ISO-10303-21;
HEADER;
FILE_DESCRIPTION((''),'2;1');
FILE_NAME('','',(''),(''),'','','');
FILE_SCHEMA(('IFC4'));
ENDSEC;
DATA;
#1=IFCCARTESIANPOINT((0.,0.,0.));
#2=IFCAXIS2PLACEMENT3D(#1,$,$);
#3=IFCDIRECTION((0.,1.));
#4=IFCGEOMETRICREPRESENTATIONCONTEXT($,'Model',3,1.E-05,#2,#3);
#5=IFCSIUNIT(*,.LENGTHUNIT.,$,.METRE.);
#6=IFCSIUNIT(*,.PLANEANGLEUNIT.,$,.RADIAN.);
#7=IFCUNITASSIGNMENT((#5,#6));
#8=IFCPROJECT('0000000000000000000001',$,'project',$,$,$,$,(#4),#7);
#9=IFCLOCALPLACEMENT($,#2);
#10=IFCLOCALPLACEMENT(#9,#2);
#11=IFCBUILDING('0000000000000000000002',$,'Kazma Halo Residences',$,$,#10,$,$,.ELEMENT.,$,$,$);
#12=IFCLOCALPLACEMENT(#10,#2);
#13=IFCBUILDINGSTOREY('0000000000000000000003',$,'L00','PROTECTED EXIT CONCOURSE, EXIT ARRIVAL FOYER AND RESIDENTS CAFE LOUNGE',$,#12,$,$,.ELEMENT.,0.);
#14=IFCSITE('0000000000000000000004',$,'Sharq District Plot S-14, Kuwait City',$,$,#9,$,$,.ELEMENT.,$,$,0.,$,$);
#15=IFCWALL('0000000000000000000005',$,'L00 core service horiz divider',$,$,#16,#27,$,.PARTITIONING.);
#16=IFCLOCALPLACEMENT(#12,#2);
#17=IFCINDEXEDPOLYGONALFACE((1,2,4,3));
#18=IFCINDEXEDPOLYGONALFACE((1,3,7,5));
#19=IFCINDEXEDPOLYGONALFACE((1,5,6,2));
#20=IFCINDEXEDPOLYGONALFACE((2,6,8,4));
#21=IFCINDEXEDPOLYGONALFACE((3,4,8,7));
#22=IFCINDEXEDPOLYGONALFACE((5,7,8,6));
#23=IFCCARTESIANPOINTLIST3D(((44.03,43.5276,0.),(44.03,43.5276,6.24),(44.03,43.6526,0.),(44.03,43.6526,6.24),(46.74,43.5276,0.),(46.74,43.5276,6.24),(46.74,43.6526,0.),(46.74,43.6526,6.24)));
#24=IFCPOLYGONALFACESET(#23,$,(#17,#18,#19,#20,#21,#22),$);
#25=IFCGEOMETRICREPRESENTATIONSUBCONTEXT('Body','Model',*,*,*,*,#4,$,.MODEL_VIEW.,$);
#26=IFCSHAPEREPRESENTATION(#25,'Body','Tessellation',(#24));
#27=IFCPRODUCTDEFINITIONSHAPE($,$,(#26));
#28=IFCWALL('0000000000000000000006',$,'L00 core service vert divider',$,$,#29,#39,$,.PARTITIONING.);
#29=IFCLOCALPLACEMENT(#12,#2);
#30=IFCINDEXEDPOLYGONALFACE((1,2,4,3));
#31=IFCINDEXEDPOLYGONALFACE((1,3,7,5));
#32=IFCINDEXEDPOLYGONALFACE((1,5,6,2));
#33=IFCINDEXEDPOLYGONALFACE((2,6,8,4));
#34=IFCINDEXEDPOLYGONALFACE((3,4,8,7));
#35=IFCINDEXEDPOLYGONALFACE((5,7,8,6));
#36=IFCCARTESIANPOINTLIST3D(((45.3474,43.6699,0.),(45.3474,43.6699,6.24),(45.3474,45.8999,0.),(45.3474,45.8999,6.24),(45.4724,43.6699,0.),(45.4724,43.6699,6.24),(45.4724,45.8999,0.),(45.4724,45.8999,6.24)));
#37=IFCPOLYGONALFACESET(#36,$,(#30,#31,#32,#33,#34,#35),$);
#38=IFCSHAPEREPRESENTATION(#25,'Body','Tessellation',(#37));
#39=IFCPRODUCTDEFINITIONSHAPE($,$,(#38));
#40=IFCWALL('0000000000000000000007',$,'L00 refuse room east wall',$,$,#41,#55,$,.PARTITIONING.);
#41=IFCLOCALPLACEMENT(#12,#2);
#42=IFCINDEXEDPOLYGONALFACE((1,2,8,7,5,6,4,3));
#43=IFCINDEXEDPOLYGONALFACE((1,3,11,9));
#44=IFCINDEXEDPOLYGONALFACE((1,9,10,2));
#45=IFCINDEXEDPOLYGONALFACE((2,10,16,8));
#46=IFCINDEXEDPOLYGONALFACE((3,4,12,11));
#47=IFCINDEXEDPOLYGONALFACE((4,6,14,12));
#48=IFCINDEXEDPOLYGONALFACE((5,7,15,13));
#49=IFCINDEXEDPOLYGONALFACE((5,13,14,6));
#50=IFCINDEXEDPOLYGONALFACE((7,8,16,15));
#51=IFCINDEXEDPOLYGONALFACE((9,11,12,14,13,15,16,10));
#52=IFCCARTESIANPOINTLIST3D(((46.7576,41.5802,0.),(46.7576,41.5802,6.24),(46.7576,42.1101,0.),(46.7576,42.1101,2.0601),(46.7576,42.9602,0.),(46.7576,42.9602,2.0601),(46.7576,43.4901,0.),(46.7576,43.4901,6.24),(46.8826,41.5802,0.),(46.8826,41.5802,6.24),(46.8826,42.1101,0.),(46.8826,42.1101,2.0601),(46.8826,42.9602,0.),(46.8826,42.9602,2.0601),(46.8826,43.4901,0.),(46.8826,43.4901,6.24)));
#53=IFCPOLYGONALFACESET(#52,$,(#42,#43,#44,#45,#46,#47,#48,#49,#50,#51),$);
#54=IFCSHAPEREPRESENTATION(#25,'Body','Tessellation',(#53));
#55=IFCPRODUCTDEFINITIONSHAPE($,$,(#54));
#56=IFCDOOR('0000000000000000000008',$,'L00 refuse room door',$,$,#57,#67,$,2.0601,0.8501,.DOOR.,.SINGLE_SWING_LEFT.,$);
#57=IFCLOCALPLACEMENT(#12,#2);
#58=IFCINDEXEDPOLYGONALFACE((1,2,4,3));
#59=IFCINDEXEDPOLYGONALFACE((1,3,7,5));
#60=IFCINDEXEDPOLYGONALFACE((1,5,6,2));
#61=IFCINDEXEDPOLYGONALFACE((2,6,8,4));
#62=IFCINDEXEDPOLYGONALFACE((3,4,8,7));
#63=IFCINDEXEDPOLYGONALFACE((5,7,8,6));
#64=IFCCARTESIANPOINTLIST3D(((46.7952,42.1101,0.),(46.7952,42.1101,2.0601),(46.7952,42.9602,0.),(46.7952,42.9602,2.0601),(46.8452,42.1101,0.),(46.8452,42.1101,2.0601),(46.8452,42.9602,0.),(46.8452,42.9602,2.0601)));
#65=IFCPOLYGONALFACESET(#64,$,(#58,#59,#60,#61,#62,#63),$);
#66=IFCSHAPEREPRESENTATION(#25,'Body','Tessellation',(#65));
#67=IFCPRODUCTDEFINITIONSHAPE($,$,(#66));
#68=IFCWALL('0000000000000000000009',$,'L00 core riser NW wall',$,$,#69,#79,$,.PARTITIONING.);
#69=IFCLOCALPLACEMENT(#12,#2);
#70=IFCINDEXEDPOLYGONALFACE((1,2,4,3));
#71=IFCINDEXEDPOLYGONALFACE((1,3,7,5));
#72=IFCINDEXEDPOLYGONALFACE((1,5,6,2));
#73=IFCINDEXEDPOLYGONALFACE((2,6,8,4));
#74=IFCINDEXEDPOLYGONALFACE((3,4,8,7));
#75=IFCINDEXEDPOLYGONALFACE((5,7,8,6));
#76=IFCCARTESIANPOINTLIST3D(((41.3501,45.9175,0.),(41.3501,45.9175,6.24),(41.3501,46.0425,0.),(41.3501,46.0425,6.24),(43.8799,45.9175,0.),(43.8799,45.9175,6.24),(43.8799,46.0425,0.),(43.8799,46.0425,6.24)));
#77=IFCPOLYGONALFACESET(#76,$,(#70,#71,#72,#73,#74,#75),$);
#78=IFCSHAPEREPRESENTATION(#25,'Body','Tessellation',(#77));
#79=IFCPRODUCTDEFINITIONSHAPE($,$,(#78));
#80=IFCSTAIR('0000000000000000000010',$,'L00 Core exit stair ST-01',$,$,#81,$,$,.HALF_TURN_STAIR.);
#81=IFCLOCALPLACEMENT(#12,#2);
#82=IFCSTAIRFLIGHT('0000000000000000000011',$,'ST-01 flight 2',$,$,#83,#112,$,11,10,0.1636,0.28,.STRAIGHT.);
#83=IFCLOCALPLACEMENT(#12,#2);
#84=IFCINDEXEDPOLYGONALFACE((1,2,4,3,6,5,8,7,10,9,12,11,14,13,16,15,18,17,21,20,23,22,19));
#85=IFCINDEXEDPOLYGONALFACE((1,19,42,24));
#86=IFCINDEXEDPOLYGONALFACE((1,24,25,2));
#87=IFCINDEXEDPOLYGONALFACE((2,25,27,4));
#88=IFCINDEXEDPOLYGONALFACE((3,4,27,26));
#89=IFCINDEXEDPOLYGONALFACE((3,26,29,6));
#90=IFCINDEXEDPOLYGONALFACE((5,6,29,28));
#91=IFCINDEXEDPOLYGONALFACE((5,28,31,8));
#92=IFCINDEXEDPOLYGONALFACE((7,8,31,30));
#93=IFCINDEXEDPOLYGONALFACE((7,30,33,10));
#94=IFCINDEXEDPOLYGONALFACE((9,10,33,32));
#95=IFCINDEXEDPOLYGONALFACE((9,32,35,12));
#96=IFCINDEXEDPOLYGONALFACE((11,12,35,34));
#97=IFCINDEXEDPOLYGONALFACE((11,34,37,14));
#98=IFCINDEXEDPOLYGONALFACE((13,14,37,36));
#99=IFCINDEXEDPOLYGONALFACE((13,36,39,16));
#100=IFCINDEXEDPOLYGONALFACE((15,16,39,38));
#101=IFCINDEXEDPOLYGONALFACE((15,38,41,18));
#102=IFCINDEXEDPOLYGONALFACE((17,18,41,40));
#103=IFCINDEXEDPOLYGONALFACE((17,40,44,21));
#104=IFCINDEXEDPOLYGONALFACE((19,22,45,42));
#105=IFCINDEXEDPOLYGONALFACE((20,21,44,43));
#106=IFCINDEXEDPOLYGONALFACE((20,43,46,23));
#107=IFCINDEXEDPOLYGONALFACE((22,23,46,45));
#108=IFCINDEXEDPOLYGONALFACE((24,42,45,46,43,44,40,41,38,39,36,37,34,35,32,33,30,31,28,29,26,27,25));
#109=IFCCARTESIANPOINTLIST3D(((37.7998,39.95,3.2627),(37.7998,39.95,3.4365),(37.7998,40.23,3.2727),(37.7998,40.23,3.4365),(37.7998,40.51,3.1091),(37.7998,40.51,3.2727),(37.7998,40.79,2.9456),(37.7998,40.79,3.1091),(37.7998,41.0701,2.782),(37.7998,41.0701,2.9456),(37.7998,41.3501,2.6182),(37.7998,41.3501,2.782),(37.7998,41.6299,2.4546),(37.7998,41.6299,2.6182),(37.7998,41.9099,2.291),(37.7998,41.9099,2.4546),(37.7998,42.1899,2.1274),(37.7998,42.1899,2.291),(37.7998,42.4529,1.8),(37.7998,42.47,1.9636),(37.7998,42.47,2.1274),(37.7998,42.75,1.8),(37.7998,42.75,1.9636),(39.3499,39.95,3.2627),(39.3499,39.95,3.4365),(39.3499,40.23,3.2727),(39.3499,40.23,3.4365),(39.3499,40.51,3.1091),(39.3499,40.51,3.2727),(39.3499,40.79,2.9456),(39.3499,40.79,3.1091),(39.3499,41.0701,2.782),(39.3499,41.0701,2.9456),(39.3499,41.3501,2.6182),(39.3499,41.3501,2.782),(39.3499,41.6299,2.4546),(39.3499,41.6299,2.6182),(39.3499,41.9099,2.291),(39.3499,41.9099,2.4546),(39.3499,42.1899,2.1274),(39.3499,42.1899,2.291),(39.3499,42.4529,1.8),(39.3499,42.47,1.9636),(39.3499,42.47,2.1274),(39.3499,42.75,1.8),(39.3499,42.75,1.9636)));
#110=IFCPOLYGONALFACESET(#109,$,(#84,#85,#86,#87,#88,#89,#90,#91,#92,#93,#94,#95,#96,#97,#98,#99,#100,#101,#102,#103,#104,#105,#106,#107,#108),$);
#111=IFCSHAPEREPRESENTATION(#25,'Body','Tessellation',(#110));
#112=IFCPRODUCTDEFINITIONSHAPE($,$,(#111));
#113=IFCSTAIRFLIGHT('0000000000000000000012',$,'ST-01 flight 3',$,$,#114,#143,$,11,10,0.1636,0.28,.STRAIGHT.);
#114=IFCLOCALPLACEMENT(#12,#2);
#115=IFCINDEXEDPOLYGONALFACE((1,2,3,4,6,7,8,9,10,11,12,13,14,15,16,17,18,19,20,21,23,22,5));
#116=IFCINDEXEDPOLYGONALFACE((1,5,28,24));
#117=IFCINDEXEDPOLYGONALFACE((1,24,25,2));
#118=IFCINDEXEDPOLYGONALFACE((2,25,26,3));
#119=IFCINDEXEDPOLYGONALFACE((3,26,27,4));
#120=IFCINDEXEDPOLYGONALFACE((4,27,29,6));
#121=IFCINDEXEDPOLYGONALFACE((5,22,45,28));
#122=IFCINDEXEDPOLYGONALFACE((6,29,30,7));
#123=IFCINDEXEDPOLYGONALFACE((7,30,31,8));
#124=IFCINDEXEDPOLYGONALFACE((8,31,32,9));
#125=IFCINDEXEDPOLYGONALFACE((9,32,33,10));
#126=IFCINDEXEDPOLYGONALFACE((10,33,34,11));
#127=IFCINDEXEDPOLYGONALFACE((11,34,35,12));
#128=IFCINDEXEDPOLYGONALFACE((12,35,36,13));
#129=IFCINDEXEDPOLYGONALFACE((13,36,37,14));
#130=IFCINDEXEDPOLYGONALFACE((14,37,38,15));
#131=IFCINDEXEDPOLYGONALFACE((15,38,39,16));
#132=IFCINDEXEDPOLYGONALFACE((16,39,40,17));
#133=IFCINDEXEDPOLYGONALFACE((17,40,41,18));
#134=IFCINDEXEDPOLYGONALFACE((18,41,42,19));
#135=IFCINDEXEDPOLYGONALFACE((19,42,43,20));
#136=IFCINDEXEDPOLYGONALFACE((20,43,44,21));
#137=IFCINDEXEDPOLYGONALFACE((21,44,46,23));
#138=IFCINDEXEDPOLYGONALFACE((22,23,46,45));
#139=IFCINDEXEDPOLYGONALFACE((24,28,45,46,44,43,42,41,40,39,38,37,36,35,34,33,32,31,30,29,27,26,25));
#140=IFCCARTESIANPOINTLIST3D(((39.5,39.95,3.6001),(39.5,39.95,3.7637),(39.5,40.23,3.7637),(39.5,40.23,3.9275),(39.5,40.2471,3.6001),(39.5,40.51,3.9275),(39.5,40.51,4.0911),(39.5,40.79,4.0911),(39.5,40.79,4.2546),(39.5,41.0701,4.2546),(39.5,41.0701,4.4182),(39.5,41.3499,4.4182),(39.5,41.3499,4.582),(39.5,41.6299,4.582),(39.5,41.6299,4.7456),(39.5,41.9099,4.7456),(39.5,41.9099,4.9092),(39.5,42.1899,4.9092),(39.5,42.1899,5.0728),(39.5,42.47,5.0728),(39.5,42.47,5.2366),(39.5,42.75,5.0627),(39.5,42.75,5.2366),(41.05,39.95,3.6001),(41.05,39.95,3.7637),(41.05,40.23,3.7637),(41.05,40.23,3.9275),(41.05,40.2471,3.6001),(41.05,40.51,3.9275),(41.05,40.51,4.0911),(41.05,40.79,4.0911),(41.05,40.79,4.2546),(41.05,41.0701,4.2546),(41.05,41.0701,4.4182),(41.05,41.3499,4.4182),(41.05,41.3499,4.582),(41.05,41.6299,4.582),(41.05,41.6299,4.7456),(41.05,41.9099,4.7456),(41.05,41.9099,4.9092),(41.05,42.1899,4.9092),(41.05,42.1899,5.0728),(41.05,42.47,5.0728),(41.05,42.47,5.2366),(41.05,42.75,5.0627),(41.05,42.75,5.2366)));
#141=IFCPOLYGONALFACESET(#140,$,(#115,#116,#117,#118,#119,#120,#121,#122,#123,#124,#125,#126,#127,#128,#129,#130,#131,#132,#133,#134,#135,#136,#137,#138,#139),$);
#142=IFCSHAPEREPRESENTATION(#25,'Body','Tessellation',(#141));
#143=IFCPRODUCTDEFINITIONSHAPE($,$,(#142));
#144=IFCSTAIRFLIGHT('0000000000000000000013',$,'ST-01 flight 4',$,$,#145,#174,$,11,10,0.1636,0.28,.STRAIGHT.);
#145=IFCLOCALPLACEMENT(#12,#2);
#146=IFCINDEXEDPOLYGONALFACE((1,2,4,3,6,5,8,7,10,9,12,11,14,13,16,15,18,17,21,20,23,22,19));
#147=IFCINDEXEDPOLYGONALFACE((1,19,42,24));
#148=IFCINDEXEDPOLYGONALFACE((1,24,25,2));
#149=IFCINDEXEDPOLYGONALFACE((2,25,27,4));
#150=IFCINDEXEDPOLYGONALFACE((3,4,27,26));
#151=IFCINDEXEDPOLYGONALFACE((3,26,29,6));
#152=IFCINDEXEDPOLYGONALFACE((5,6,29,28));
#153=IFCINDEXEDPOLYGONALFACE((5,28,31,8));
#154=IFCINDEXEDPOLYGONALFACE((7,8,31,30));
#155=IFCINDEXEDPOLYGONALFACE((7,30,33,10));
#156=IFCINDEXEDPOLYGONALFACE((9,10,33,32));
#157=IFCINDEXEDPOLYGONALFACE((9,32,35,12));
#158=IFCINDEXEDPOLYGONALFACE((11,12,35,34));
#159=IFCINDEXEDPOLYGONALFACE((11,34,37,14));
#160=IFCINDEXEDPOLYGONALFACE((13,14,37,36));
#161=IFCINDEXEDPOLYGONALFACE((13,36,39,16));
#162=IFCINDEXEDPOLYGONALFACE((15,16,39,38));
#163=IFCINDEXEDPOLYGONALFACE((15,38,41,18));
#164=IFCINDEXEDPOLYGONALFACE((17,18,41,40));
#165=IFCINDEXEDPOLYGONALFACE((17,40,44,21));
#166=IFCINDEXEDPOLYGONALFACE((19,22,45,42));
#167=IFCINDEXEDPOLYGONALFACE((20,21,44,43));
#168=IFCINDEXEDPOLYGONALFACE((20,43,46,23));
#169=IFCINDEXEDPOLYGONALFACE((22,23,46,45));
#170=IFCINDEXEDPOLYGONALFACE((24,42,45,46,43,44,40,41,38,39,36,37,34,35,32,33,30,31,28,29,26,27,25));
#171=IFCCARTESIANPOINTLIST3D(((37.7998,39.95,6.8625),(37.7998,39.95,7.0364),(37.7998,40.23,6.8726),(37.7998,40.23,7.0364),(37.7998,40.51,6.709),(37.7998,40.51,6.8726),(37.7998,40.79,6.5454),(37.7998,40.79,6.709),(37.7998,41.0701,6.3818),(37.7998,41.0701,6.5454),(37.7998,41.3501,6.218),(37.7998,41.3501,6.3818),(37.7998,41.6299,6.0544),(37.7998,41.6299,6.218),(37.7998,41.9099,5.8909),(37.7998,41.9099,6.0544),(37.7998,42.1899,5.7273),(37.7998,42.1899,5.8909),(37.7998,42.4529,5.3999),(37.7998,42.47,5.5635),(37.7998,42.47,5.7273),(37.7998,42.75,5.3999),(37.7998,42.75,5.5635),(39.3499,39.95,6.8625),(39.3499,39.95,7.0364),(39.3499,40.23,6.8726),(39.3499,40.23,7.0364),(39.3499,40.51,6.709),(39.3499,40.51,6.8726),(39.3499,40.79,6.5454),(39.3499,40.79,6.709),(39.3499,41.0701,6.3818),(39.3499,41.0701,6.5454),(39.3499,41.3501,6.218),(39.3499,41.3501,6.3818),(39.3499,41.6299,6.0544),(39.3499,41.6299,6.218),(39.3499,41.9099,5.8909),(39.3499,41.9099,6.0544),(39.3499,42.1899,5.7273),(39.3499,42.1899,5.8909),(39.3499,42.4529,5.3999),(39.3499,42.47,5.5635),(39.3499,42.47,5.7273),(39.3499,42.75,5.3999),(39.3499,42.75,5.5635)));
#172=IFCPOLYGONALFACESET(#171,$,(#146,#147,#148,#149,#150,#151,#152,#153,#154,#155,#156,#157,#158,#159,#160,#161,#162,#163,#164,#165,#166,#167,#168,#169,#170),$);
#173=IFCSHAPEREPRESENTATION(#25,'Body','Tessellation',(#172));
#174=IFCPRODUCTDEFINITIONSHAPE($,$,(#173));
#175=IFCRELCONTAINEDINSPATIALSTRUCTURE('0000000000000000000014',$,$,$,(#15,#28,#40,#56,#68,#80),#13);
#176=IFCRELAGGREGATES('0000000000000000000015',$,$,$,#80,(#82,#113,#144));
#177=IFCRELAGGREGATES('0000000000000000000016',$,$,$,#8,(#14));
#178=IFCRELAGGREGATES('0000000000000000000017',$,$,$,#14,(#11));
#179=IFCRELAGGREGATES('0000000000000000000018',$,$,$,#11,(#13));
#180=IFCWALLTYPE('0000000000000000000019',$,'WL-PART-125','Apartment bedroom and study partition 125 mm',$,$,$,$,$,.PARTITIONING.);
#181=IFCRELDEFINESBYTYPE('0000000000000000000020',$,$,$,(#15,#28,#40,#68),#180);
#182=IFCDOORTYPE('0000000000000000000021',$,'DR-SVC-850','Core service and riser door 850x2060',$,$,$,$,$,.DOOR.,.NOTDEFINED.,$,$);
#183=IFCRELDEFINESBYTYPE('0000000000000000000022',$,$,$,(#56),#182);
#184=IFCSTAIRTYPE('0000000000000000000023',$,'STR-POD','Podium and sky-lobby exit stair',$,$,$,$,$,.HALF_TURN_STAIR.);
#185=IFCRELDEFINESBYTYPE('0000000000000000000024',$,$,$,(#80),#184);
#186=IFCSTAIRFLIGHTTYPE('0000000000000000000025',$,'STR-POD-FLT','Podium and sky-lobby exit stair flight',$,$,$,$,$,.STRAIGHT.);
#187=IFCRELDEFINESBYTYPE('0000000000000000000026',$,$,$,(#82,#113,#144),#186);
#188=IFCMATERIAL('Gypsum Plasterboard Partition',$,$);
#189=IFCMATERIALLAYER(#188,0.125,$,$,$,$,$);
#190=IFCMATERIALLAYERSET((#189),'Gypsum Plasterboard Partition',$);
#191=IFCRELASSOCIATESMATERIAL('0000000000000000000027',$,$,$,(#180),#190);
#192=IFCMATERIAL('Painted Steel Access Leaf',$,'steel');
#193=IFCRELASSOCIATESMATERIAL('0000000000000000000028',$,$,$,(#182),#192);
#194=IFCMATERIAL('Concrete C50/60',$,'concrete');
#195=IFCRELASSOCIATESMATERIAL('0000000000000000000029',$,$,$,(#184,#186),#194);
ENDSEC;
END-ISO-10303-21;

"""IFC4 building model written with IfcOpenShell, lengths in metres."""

from ifc_helpers import new_model, si_unit, direction, frame, frame_2d, origin, place, context, subcontext, project, spatial, polyline, rectangle, outline, extrude, material, layer, layer_set, type_object, element, fill, aggregate, save


model = new_model("IFC4")

# Units and contexts
model_context = context("Model", 3, precision=1e-05, world=origin(), true_north=direction((0.0, 1.0)))
body_context = subcontext(model_context, "Body", "Model", "MODEL_VIEW")
ifc_project = project(units=[si_unit("LENGTHUNIT", "METRE"), si_unit("PLANEANGLEUNIT", "RADIAN")], contexts=[model_context])

# Site, building, storey
site_placement = place(None, origin())
site = spatial("IfcSite", under=ifc_project, at=site_placement, Name="Sharq District Plot S-14, Kuwait City", CompositionType="ELEMENT", RefElevation=0.0)
building_placement = place(site_placement, origin())
building = spatial("IfcBuilding", under=site, at=building_placement, Name="Kazma Halo Residences", CompositionType="ELEMENT")
storey_placement = place(building_placement, origin())
storey = spatial("IfcBuildingStorey", under=building, at=storey_placement, Name="L00", Description="PROTECTED EXIT CONCOURSE, EXIT ARRIVAL FOYER AND RESIDENTS CAFE LOUNGE", CompositionType="ELEMENT", Elevation=0.0)

# Walls
ifc_material_1 = material(Name="Gypsum Plasterboard Partition")
ifc_layer_1 = layer(ifc_material_1, 0.125)
ifc_layer_set_1 = layer_set([ifc_layer_1], Name="Gypsum Plasterboard Partition")
wall_type_1 = type_object("IfcWallType", Name="WL-PART-125", Description="Apartment bedroom and study partition 125 mm", PredefinedType="PARTITIONING", material=ifc_layer_set_1)
wall_1_placement = place(storey_placement, frame((44.03, 43.5901, 0.0), z_axis=(0.0, 0.0, 1.0), x_axis=(1.0, 0.0, 0.0)))
element("IfcWall", 1, at=wall_1_placement, inside=storey, type_object=wall_type_1, Name="L00 core service horiz divider", PredefinedType="PARTITIONING", context=body_context, shape_type="SweptSolid", body=[
    extrude(rectangle(XDim=2.71, YDim=0.125, at=frame_2d((1.355, 0.0))), origin(), (0.0, 0.0, 1.0), 6.24),
])
wall_2_placement = place(storey_placement, frame((45.4099, 43.6699, 0.0), z_axis=(0.0, 0.0, 1.0), x_axis=(0.0, 1.0, 0.0)))
element("IfcWall", 2, at=wall_2_placement, inside=storey, type_object=wall_type_1, Name="L00 core service vert divider", PredefinedType="PARTITIONING", context=body_context, shape_type="SweptSolid", body=[
    extrude(rectangle(XDim=2.23, YDim=0.125, at=frame_2d((1.115, 0.0))), origin(), (0.0, 0.0, 1.0), 6.24),
])

# Wall, opening, door
wall_3_placement = place(storey_placement, frame((46.8201, 41.5801, 0.0), z_axis=(0.0, 0.0, 1.0), x_axis=(0.0, 1.0, 0.0)))
wall_3 = element("IfcWall", 3, at=wall_3_placement, inside=storey, type_object=wall_type_1, Name="L00 refuse room east wall", PredefinedType="PARTITIONING", context=body_context, shape_type="SweptSolid", body=[
    extrude(rectangle(XDim=1.9099, YDim=0.125, at=frame_2d((0.9551, 0.0))), origin(), (0.0, 0.0, 1.0), 6.24),
])
opening_1_placement = place(wall_3_placement, frame((0.53, 0.0, 0.0)))
opening_1 = element("IfcOpeningElement", 4, at=opening_1_placement, cuts=wall_3, PredefinedType="OPENING", context=body_context, shape_type="SweptSolid", body=[
    extrude(rectangle(XDim=0.8501, YDim=2.0601, at=frame_2d((0.425, 1.03))), frame((0.0, 0.0725, 0.0), z_axis=(0.0, -1.0, 0.0), x_axis=(1.0, 0.0, 0.0)), (0.0, 0.0, 1.0), 0.145),
])
ifc_material_2 = material(Name="Painted Steel Access Leaf", Category="steel")
door_type_1 = type_object("IfcDoorType", Name="DR-SVC-850", Description="Core service and riser door 850x2060", OperationType="NOTDEFINED", PredefinedType="DOOR", material=ifc_material_2)
door_1_placement = place(opening_1_placement, origin())
door_1 = element("IfcDoor", 5, at=door_1_placement, inside=storey, type_object=door_type_1, Name="L00 refuse room door", OperationType="SINGLE_SWING_LEFT", OverallHeight=2.0601, OverallWidth=0.8501, PredefinedType="DOOR", context=body_context, shape_type="SweptSolid", body=[
    extrude(rectangle(XDim=0.8501, YDim=2.0601, at=frame_2d((0.425, 1.03))), frame((0.0, 0.0249, 0.0), z_axis=(0.0, -1.0, 0.0), x_axis=(1.0, 0.0, 0.0)), (0.0, 0.0, 1.0), 0.05),
])
fill(opening_1, door_1)

# Wall
wall_4_placement = place(storey_placement, frame((41.3501, 45.98, 0.0), z_axis=(0.0, 0.0, 1.0), x_axis=(1.0, 0.0, 0.0)))
element("IfcWall", 6, at=wall_4_placement, inside=storey, type_object=wall_type_1, Name="L00 core riser NW wall", PredefinedType="PARTITIONING", context=body_context, shape_type="SweptSolid", body=[
    extrude(rectangle(XDim=2.5298, YDim=0.125, at=frame_2d((1.2649, 0.0))), origin(), (0.0, 0.0, 1.0), 6.24),
])

# Stair, stair flights
ifc_material_3 = material(Name="Concrete C50/60", Category="concrete")
stair_type = type_object("IfcStairType", Name="STR-POD", Description="Podium and sky-lobby exit stair", PredefinedType="HALF_TURN_STAIR", material=ifc_material_3)
stair_placement = place(storey_placement, origin())
stair = element("IfcStair", 7, at=stair_placement, inside=storey, type_object=stair_type, Name="L00 Core exit stair ST-01", PredefinedType="HALF_TURN_STAIR")
stair_flight_type = type_object("IfcStairFlightType", Name="STR-POD-FLT", Description="Podium and sky-lobby exit stair flight", PredefinedType="STRAIGHT", material=ifc_material_3)
stair_flight_1_placement = place(storey_placement, frame((38.575, 42.75, 1.8), z_axis=(0.0, 0.0, 1.0), x_axis=(0.0, -1.0, 0.0)))
stair_flight_1 = element("IfcStairFlight", 8, at=stair_flight_1_placement, type_object=stair_flight_type, Name="ST-01 flight 2", NumberOfRisers=11, NumberOfTreads=10, PredefinedType="STRAIGHT", RiserHeight=0.1636, TreadLength=0.28, context=body_context, shape_type="SweptSolid", body=[
    extrude(outline(polyline([(0.0, 0.0), (0.0, 0.1636), (0.28, 0.1636), (0.28, 0.3274), (0.5601, 0.3274), (0.5601, 0.491), (0.8401, 0.491), (0.8401, 0.6545), (1.1201, 0.6545), (1.1201, 0.8181), (1.3999, 0.8181), (1.3999, 0.9819), (1.6799, 0.9819), (1.6799, 1.1455), (1.96, 1.1455), (1.96, 1.3091), (2.24, 1.3091), (2.24, 1.4727), (2.52, 1.4727), (2.52, 1.6365), (2.8, 1.6365), (2.8, 1.8), (2.8, 1.4626), (0.2971, 0.0), (0.0, 0.0)])), frame((0.0, 0.7749, 0.0), z_axis=(0.0, -1.0, 0.0), x_axis=(1.0, 0.0, 0.0)), (0.0, 0.0, 1.0), 1.55),
])
stair_flight_2_placement = place(storey_placement, frame((40.2749, 39.95, 3.6001), z_axis=(0.0, 0.0, 1.0), x_axis=(0.0, 1.0, 0.0)))
stair_flight_2 = element("IfcStairFlight", 9, at=stair_flight_2_placement, type_object=stair_flight_type, Name="ST-01 flight 3", NumberOfRisers=11, NumberOfTreads=10, PredefinedType="STRAIGHT", RiserHeight=0.1636, TreadLength=0.28, context=body_context, shape_type="SweptSolid", body=[
    extrude(outline(polyline([(0.0, 0.0), (0.0, 0.1636), (0.28, 0.1636), (0.28, 0.3274), (0.5601, 0.3274), (0.5601, 0.491), (0.8401, 0.491), (0.8401, 0.6545), (1.1201, 0.6545), (1.1201, 0.8181), (1.3999, 0.8181), (1.3999, 0.9819), (1.6799, 0.9819), (1.6799, 1.1455), (1.96, 1.1455), (1.96, 1.3091), (2.24, 1.3091), (2.24, 1.4727), (2.52, 1.4727), (2.52, 1.6365), (2.8, 1.6365), (2.8, 1.8), (2.8, 1.4626), (0.2971, 0.0), (0.0, 0.0)])), frame((0.0, 0.7749, 0.0), z_axis=(0.0, -1.0, 0.0), x_axis=(1.0, 0.0, 0.0)), (0.0, 0.0, 1.0), 1.55),
])
stair_flight_3_placement = place(storey_placement, frame((38.575, 42.75, 5.3999), z_axis=(0.0, 0.0, 1.0), x_axis=(0.0, -1.0, 0.0)))
stair_flight_3 = element("IfcStairFlight", 10, at=stair_flight_3_placement, type_object=stair_flight_type, Name="ST-01 flight 4", NumberOfRisers=11, NumberOfTreads=10, PredefinedType="STRAIGHT", RiserHeight=0.1636, TreadLength=0.28, context=body_context, shape_type="SweptSolid", body=[
    extrude(outline(polyline([(0.0, 0.0), (0.0, 0.1636), (0.28, 0.1636), (0.28, 0.3274), (0.5601, 0.3274), (0.5601, 0.491), (0.8401, 0.491), (0.8401, 0.6545), (1.1201, 0.6545), (1.1201, 0.8181), (1.3999, 0.8181), (1.3999, 0.9819), (1.6799, 0.9819), (1.6799, 1.1455), (1.96, 1.1455), (1.96, 1.3091), (2.24, 1.3091), (2.24, 1.4727), (2.52, 1.4727), (2.52, 1.6365), (2.8, 1.6365), (2.8, 1.8), (2.8, 1.4626), (0.2971, 0.0), (0.0, 0.0)])), frame((0.0, 0.7749, 0.0), z_axis=(0.0, -1.0, 0.0), x_axis=(1.0, 0.0, 0.0)), (0.0, 0.0, 1.0), 1.55),
])
aggregate(stair, [stair_flight_1, stair_flight_2, stair_flight_3])

save(model, "model.ifc")
